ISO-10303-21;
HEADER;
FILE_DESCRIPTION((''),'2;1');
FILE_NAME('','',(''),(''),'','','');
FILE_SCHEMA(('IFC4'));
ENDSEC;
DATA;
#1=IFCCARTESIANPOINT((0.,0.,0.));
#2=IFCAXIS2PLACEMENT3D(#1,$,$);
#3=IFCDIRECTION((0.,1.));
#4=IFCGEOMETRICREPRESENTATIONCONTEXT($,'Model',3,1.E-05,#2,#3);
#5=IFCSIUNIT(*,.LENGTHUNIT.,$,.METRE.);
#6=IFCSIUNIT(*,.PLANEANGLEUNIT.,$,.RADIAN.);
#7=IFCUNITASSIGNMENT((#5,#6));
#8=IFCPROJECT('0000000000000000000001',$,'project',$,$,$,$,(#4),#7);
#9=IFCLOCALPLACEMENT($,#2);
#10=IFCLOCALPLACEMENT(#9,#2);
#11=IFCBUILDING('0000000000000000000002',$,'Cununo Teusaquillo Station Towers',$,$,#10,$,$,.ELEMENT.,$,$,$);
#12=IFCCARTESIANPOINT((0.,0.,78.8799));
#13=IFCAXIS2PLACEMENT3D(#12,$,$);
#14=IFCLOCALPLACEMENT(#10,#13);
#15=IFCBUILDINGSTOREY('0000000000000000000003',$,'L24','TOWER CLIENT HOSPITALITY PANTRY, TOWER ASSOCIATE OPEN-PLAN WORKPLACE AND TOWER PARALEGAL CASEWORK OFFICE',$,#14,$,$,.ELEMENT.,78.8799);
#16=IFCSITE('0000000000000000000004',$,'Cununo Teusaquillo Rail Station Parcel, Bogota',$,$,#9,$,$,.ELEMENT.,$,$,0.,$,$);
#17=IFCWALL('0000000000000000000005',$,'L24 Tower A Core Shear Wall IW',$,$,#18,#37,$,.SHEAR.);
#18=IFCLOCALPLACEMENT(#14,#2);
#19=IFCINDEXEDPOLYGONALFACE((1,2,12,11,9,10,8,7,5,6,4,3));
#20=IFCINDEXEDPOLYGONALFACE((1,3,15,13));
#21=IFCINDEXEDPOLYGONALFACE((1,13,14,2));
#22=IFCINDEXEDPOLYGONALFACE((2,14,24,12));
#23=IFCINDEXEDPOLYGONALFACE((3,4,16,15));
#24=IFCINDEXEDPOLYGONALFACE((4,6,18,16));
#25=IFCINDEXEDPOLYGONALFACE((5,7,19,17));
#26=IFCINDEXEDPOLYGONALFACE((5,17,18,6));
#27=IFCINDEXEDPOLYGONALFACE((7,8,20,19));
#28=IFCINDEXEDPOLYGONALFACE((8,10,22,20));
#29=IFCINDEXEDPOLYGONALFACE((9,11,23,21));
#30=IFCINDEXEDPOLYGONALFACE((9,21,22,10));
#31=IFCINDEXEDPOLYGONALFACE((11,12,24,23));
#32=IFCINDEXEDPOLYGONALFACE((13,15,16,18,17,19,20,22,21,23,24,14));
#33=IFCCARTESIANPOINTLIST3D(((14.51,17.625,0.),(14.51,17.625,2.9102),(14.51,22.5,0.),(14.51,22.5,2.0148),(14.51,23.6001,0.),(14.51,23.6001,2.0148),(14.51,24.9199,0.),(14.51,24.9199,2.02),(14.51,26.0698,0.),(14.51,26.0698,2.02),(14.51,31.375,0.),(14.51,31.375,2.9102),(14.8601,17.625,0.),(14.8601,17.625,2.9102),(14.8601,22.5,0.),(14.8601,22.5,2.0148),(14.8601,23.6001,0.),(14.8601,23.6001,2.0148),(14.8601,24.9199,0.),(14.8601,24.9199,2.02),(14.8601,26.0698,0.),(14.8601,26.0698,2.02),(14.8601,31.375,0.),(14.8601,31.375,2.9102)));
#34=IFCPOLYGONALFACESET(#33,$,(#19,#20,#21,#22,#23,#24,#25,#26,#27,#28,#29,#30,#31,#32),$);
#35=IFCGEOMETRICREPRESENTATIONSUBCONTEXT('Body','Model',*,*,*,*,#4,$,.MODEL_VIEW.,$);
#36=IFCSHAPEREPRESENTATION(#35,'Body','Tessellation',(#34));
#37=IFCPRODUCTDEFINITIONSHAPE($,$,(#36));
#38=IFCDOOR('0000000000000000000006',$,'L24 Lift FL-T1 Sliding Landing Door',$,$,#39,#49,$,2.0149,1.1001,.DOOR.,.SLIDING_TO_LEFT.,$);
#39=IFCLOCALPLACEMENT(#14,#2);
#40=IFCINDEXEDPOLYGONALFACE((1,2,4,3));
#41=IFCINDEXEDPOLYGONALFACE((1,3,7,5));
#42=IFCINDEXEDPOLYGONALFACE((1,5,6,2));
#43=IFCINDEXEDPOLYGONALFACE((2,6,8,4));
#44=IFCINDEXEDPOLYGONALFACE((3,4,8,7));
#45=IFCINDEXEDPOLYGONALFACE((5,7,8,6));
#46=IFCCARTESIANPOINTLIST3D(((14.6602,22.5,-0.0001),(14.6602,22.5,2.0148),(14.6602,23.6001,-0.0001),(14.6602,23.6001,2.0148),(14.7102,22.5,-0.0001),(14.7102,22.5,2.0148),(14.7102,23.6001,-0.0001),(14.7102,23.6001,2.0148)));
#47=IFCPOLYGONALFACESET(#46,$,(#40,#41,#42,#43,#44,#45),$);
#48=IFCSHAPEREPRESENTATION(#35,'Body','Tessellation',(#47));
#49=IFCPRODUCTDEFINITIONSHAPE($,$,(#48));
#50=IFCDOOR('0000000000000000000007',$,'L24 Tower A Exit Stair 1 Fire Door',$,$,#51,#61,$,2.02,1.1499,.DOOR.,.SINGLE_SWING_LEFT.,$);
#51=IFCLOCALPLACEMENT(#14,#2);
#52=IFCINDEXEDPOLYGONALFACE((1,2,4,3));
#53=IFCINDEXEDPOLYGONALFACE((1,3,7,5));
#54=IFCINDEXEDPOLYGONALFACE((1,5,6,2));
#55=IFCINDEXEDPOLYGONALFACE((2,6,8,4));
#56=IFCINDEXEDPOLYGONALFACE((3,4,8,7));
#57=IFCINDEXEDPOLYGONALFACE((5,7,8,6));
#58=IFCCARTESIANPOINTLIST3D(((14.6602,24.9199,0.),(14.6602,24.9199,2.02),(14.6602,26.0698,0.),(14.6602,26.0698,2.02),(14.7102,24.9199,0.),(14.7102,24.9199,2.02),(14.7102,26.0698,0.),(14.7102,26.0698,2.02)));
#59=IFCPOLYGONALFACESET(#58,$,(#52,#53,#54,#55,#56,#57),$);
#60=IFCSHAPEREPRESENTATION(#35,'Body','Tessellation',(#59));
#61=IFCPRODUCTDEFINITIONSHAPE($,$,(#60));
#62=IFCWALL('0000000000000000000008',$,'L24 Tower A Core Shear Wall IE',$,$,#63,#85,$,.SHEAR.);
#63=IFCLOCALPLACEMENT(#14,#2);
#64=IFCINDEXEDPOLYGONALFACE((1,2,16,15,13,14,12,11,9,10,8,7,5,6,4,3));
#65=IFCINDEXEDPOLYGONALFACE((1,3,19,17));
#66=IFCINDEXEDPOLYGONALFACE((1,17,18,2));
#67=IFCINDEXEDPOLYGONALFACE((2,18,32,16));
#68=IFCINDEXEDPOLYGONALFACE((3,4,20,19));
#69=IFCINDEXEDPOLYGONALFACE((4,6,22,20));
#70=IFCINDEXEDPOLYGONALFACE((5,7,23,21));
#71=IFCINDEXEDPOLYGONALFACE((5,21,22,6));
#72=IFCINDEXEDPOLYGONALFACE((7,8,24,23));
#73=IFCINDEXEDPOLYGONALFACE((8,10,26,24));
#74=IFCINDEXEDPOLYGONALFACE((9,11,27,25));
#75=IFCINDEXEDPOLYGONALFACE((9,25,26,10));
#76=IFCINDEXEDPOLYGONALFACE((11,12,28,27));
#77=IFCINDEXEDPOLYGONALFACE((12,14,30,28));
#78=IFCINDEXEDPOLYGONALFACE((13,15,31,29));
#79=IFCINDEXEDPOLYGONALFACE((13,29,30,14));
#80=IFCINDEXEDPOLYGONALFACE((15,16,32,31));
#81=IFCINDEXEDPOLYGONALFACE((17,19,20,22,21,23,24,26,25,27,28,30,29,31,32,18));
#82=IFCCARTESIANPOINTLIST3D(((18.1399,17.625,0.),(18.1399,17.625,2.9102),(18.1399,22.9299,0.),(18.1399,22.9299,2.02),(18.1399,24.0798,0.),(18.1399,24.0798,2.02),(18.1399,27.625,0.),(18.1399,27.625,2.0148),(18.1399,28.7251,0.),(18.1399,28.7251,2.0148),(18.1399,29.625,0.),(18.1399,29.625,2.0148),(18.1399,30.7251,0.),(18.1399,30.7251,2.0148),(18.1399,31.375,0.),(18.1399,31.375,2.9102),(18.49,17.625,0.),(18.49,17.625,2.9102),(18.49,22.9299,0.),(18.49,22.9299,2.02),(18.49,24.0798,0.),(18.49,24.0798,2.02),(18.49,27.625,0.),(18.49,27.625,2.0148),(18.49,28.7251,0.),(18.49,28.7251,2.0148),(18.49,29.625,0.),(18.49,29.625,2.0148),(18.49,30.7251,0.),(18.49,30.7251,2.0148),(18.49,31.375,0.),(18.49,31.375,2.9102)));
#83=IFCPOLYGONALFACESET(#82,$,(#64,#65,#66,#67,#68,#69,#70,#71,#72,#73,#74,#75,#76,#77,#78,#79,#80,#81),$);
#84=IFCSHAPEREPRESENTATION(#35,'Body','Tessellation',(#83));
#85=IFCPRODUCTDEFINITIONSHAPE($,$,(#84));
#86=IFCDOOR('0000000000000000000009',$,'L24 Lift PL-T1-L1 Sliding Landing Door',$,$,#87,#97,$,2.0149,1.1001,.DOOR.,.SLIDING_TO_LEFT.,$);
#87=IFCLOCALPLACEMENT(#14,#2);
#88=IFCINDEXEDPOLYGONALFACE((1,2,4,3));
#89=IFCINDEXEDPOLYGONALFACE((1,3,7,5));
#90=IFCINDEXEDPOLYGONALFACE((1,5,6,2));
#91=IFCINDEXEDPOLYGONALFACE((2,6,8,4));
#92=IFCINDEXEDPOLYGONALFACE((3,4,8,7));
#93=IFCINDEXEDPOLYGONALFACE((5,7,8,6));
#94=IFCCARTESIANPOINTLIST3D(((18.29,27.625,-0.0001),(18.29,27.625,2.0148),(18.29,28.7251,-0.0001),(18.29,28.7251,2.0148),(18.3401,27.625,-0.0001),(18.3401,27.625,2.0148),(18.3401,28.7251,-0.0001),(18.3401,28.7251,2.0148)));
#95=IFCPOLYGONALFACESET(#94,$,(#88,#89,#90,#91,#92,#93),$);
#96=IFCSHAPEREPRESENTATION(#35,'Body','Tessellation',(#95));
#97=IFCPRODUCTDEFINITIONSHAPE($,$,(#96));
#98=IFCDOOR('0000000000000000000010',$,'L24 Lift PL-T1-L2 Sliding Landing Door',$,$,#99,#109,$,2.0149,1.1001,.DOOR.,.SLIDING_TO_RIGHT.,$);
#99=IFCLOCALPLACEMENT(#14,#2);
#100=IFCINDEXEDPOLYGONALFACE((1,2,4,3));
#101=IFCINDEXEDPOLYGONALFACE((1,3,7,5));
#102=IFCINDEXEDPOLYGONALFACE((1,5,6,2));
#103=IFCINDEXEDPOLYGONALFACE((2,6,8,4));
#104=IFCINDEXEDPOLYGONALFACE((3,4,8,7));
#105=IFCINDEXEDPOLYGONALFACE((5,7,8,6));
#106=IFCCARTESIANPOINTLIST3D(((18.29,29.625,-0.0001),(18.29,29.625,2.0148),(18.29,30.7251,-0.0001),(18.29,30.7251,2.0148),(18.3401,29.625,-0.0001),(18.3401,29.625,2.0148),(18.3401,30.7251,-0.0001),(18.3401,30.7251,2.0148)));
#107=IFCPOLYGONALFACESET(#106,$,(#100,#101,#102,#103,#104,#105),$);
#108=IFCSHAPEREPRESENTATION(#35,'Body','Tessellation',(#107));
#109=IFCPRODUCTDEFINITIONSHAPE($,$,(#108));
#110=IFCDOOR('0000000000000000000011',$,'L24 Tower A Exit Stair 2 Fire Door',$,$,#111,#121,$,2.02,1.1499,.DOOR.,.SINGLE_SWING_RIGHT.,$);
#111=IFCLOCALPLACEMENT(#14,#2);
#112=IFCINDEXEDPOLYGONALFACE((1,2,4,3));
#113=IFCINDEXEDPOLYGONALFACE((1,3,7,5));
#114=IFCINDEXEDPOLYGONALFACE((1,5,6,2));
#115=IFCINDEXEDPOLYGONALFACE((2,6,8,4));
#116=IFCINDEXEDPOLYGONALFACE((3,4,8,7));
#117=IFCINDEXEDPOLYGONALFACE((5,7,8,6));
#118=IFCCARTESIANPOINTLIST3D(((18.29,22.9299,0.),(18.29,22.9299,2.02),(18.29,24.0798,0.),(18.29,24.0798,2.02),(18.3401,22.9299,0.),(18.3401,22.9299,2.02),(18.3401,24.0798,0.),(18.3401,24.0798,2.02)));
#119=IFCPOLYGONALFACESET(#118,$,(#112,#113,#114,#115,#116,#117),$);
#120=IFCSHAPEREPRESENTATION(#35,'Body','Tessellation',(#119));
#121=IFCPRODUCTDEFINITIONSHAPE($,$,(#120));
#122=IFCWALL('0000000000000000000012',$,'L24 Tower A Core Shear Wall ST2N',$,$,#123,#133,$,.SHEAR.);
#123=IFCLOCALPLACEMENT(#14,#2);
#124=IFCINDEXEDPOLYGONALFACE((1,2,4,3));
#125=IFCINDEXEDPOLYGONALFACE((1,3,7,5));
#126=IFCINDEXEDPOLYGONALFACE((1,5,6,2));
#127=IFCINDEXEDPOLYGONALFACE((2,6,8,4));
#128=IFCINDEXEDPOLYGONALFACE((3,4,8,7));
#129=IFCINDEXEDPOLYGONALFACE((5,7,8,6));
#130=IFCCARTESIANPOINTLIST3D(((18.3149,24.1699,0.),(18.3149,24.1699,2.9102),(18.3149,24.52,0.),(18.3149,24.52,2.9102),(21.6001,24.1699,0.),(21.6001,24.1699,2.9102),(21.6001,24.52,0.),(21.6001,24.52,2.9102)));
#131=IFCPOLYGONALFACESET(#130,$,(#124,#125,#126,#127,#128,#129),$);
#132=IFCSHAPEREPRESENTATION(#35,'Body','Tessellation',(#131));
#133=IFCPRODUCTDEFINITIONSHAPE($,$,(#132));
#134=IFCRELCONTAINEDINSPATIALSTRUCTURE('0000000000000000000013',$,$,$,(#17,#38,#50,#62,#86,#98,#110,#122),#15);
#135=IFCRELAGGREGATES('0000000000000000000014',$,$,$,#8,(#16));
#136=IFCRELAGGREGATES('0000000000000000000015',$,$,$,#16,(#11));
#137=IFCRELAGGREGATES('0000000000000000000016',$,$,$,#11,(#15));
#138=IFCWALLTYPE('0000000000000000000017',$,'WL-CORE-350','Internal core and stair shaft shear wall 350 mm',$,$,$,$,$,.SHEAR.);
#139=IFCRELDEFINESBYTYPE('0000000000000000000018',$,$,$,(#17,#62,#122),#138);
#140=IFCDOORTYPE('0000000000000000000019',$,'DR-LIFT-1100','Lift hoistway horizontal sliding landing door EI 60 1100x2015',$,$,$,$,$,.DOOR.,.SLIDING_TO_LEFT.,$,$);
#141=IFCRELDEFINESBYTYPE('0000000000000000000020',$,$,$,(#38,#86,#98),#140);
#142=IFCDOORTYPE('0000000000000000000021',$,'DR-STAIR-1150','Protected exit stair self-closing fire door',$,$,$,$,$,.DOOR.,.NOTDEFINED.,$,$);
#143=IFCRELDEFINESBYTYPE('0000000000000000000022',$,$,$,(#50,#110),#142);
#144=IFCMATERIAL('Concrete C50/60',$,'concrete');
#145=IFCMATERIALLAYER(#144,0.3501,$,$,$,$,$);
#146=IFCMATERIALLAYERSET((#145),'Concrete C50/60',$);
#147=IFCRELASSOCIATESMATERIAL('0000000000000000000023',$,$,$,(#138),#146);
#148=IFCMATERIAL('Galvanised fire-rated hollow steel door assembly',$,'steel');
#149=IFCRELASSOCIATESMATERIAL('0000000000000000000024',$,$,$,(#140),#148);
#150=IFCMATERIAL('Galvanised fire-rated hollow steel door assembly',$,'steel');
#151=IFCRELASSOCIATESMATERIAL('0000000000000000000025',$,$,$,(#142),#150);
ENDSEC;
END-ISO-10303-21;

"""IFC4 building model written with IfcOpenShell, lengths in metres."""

from ifc_helpers import new_model, si_unit, direction, frame, frame_2d, origin, place, context, subcontext, project, spatial, rectangle, extrude, source, transform, mapped, material, layer, layer_set, type_object, element, fill, save


model = new_model("IFC4")

# Units and contexts
model_context = context("Model", 3, precision=1e-05, world=origin(), true_north=direction((0.0, 1.0)))
body_context = subcontext(model_context, "Body", "Model", "MODEL_VIEW")
ifc_project = project(units=[si_unit("LENGTHUNIT", "METRE"), si_unit("PLANEANGLEUNIT", "RADIAN")], contexts=[model_context])

# Site, building, storey
site_placement = place(None, origin())
site = spatial("IfcSite", under=ifc_project, at=site_placement, Name="Cununo Teusaquillo Rail Station Parcel, Bogota", CompositionType="ELEMENT", RefElevation=0.0)
building_placement = place(site_placement, origin())
building = spatial("IfcBuilding", under=site, at=building_placement, Name="Cununo Teusaquillo Station Towers", CompositionType="ELEMENT")
storey_placement = place(building_placement, frame((0.0, 0.0, 78.8799)))
storey = spatial("IfcBuildingStorey", under=building, at=storey_placement, Name="L24", Description="TOWER CLIENT HOSPITALITY PANTRY, TOWER ASSOCIATE OPEN-PLAN WORKPLACE AND TOWER PARALEGAL CASEWORK OFFICE", CompositionType="ELEMENT", Elevation=78.8799)

# Walls, openings, doors
ifc_material_1 = material(Name="Concrete C50/60", Category="concrete")
ifc_layer_1 = layer(ifc_material_1, 0.3501)
ifc_layer_set_1 = layer_set([ifc_layer_1], Name="Concrete C50/60")
wall_type_1 = type_object("IfcWallType", Name="WL-CORE-350", Description="Internal core and stair shaft shear wall 350 mm", PredefinedType="SHEAR", material=ifc_layer_set_1)
wall_1_placement = place(storey_placement, frame((14.6851, 17.625, 0.0), z_axis=(0.0, 0.0, 1.0), x_axis=(0.0, 1.0, 0.0)))
wall_1 = element("IfcWall", 1, at=wall_1_placement, inside=storey, type_object=wall_type_1, Name="L24 Tower A Core Shear Wall IW", PredefinedType="SHEAR", context=body_context, shape_type="SweptSolid", body=[
    extrude(rectangle(XDim=13.75, YDim=0.3501, at=frame_2d((6.875, 0.0))), origin(), (0.0, 0.0, 1.0), 2.9102),
])
shared_shape_1 = source(origin(), body_context, "Body", "SweptSolid", [
    extrude(rectangle(XDim=1.1001, YDim=2.0149, at=frame_2d((0.55, 1.0073))), frame((0.0, 0.1851, 0.0), z_axis=(0.0, -1.0, 0.0), x_axis=(1.0, 0.0, 0.0)), (0.0, 0.0, 1.0), 0.3701),
])
opening_1_placement = place(wall_1_placement, frame((4.875, 0.0, 0.0)))
opening_1 = element("IfcOpeningElement", 2, at=opening_1_placement, cuts=wall_1, PredefinedType="OPENING", context=body_context, shape_type="MappedRepresentation", body=[
    mapped(shared_shape_1, transform((0.0, 0.0, 0.0), x_axis=(1.0, 0.0, 0.0), y_axis=(0.0, 1.0, 0.0), z_axis=(0.0, 0.0, 1.0), scale=1.0)),
])
shared_shape_2 = source(origin(), body_context, "Body", "SweptSolid", [
    extrude(rectangle(XDim=1.1499, YDim=2.02, at=frame_2d((0.575, 1.01))), frame((0.0, 0.1851, 0.0), z_axis=(0.0, -1.0, 0.0), x_axis=(1.0, 0.0, 0.0)), (0.0, 0.0, 1.0), 0.3701),
])
opening_2_placement = place(wall_1_placement, frame((7.2949, 0.0, 0.0)))
opening_2 = element("IfcOpeningElement", 3, at=opening_2_placement, cuts=wall_1, PredefinedType="OPENING", context=body_context, shape_type="MappedRepresentation", body=[
    mapped(shared_shape_2, transform((0.0, 0.0, 0.0), x_axis=(1.0, 0.0, 0.0), y_axis=(0.0, 1.0, 0.0), z_axis=(0.0, 0.0, 1.0), scale=1.0)),
])
ifc_material_2 = material(Name="Galvanised fire-rated hollow steel door assembly", Category="steel")
door_type_1 = type_object("IfcDoorType", Name="DR-LIFT-1100", Description="Lift hoistway horizontal sliding landing door EI 60 1100x2015", OperationType="SLIDING_TO_LEFT", PredefinedType="DOOR", material=ifc_material_2)
shared_shape_3 = source(origin(), body_context, "Body", "SweptSolid", [
    extrude(rectangle(XDim=1.1001, YDim=2.0149, at=frame_2d((0.55, 1.0073))), frame((0.0, 0.0249, 0.0), z_axis=(0.0, -1.0, 0.0), x_axis=(1.0, 0.0, 0.0)), (0.0, 0.0, 1.0), 0.05),
])
door_1_placement = place(opening_1_placement, origin())
door_1 = element("IfcDoor", 4, at=door_1_placement, inside=storey, type_object=door_type_1, Name="L24 Lift FL-T1 Sliding Landing Door", OperationType="SLIDING_TO_LEFT", OverallHeight=2.0149, OverallWidth=1.1001, PredefinedType="DOOR", context=body_context, shape_type="MappedRepresentation", body=[
    mapped(shared_shape_3, transform((0.0, 0.0, 0.0), x_axis=(1.0, 0.0, 0.0), y_axis=(0.0, 1.0, 0.0), z_axis=(0.0, 0.0, 1.0), scale=1.0)),
])
fill(opening_1, door_1)
ifc_material_3 = material(Name="Galvanised fire-rated hollow steel door assembly", Category="steel")
door_type_2 = type_object("IfcDoorType", Name="DR-STAIR-1150", Description="Protected exit stair self-closing fire door", OperationType="NOTDEFINED", PredefinedType="DOOR", material=ifc_material_3)
shared_shape_4 = source(origin(), body_context, "Body", "SweptSolid", [
    extrude(rectangle(XDim=1.1499, YDim=2.02, at=frame_2d((0.575, 1.01))), frame((0.0, 0.0249, 0.0), z_axis=(0.0, -1.0, 0.0), x_axis=(1.0, 0.0, 0.0)), (0.0, 0.0, 1.0), 0.05),
])
door_2_placement = place(opening_2_placement, origin())
door_2 = element("IfcDoor", 5, at=door_2_placement, inside=storey, type_object=door_type_2, Name="L24 Tower A Exit Stair 1 Fire Door", OperationType="SINGLE_SWING_LEFT", OverallHeight=2.02, OverallWidth=1.1499, PredefinedType="DOOR", context=body_context, shape_type="MappedRepresentation", body=[
    mapped(shared_shape_4, transform((0.0, 0.0, 0.0), x_axis=(1.0, 0.0, 0.0), y_axis=(0.0, 1.0, 0.0), z_axis=(0.0, 0.0, 1.0), scale=1.0)),
])
fill(opening_2, door_2)
wall_2_placement = place(storey_placement, frame((18.3149, 17.625, 0.0), z_axis=(0.0, 0.0, 1.0), x_axis=(0.0, 1.0, 0.0)))
wall_2 = element("IfcWall", 6, at=wall_2_placement, inside=storey, type_object=wall_type_1, Name="L24 Tower A Core Shear Wall IE", PredefinedType="SHEAR", context=body_context, shape_type="SweptSolid", body=[
    extrude(rectangle(XDim=13.75, YDim=0.3501, at=frame_2d((6.875, 0.0))), origin(), (0.0, 0.0, 1.0), 2.9102),
])
opening_3_placement = place(wall_2_placement, frame((10.0, 0.0, 0.0)))
opening_3 = element("IfcOpeningElement", 7, at=opening_3_placement, cuts=wall_2, PredefinedType="OPENING", context=body_context, shape_type="MappedRepresentation", body=[
    mapped(shared_shape_1, transform((0.0, 0.0, 0.0), x_axis=(1.0, 0.0, 0.0), y_axis=(0.0, 1.0, 0.0), z_axis=(0.0, 0.0, 1.0), scale=1.0)),
])
opening_4_placement = place(wall_2_placement, frame((12.0, 0.0, 0.0)))
opening_4 = element("IfcOpeningElement", 8, at=opening_4_placement, cuts=wall_2, PredefinedType="OPENING", context=body_context, shape_type="MappedRepresentation", body=[
    mapped(shared_shape_1, transform((0.0, 0.0, 0.0), x_axis=(1.0, 0.0, 0.0), y_axis=(0.0, 1.0, 0.0), z_axis=(0.0, 0.0, 1.0), scale=1.0)),
])
opening_5_placement = place(wall_2_placement, frame((5.3049, 0.0, 0.0)))
opening_5 = element("IfcOpeningElement", 9, at=opening_5_placement, cuts=wall_2, PredefinedType="OPENING", context=body_context, shape_type="MappedRepresentation", body=[
    mapped(shared_shape_2, transform((0.0, 0.0, 0.0), x_axis=(1.0, 0.0, 0.0), y_axis=(0.0, 1.0, 0.0), z_axis=(0.0, 0.0, 1.0), scale=1.0)),
])
door_3_placement = place(opening_3_placement, origin())
door_3 = element("IfcDoor", 10, at=door_3_placement, inside=storey, type_object=door_type_1, Name="L24 Lift PL-T1-L1 Sliding Landing Door", OperationType="SLIDING_TO_LEFT", OverallHeight=2.0149, OverallWidth=1.1001, PredefinedType="DOOR", context=body_context, shape_type="MappedRepresentation", body=[
    mapped(shared_shape_3, transform((0.0, 0.0, 0.0), x_axis=(1.0, 0.0, 0.0), y_axis=(0.0, 1.0, 0.0), z_axis=(0.0, 0.0, 1.0), scale=1.0)),
])
fill(opening_3, door_3)
door_4_placement = place(opening_4_placement, origin())
door_4 = element("IfcDoor", 11, at=door_4_placement, inside=storey, type_object=door_type_1, Name="L24 Lift PL-T1-L2 Sliding Landing Door", OperationType="SLIDING_TO_RIGHT", OverallHeight=2.0149, OverallWidth=1.1001, PredefinedType="DOOR", context=body_context, shape_type="MappedRepresentation", body=[
    mapped(shared_shape_3, transform((0.0, 0.0, 0.0), x_axis=(1.0, 0.0, 0.0), y_axis=(0.0, 1.0, 0.0), z_axis=(0.0, 0.0, 1.0), scale=1.0)),
])
fill(opening_4, door_4)
door_5_placement = place(opening_5_placement, origin())
door_5 = element("IfcDoor", 12, at=door_5_placement, inside=storey, type_object=door_type_2, Name="L24 Tower A Exit Stair 2 Fire Door", OperationType="SINGLE_SWING_RIGHT", OverallHeight=2.02, OverallWidth=1.1499, PredefinedType="DOOR", context=body_context, shape_type="MappedRepresentation", body=[
    mapped(shared_shape_4, transform((0.0, 0.0, 0.0), x_axis=(1.0, 0.0, 0.0), y_axis=(0.0, 1.0, 0.0), z_axis=(0.0, 0.0, 1.0), scale=1.0)),
])
fill(opening_5, door_5)

# Wall
wall_3_placement = place(storey_placement, frame((18.3149, 24.345, 0.0), z_axis=(0.0, 0.0, 1.0), x_axis=(1.0, 0.0, 0.0)))
element("IfcWall", 13, at=wall_3_placement, inside=storey, type_object=wall_type_1, Name="L24 Tower A Core Shear Wall ST2N", PredefinedType="SHEAR", context=body_context, shape_type="SweptSolid", body=[
    extrude(rectangle(XDim=3.2852, YDim=0.3501, at=frame_2d((1.6426, 0.0))), origin(), (0.0, 0.0, 1.0), 2.9102),
])

save(model, "model.ifc")
